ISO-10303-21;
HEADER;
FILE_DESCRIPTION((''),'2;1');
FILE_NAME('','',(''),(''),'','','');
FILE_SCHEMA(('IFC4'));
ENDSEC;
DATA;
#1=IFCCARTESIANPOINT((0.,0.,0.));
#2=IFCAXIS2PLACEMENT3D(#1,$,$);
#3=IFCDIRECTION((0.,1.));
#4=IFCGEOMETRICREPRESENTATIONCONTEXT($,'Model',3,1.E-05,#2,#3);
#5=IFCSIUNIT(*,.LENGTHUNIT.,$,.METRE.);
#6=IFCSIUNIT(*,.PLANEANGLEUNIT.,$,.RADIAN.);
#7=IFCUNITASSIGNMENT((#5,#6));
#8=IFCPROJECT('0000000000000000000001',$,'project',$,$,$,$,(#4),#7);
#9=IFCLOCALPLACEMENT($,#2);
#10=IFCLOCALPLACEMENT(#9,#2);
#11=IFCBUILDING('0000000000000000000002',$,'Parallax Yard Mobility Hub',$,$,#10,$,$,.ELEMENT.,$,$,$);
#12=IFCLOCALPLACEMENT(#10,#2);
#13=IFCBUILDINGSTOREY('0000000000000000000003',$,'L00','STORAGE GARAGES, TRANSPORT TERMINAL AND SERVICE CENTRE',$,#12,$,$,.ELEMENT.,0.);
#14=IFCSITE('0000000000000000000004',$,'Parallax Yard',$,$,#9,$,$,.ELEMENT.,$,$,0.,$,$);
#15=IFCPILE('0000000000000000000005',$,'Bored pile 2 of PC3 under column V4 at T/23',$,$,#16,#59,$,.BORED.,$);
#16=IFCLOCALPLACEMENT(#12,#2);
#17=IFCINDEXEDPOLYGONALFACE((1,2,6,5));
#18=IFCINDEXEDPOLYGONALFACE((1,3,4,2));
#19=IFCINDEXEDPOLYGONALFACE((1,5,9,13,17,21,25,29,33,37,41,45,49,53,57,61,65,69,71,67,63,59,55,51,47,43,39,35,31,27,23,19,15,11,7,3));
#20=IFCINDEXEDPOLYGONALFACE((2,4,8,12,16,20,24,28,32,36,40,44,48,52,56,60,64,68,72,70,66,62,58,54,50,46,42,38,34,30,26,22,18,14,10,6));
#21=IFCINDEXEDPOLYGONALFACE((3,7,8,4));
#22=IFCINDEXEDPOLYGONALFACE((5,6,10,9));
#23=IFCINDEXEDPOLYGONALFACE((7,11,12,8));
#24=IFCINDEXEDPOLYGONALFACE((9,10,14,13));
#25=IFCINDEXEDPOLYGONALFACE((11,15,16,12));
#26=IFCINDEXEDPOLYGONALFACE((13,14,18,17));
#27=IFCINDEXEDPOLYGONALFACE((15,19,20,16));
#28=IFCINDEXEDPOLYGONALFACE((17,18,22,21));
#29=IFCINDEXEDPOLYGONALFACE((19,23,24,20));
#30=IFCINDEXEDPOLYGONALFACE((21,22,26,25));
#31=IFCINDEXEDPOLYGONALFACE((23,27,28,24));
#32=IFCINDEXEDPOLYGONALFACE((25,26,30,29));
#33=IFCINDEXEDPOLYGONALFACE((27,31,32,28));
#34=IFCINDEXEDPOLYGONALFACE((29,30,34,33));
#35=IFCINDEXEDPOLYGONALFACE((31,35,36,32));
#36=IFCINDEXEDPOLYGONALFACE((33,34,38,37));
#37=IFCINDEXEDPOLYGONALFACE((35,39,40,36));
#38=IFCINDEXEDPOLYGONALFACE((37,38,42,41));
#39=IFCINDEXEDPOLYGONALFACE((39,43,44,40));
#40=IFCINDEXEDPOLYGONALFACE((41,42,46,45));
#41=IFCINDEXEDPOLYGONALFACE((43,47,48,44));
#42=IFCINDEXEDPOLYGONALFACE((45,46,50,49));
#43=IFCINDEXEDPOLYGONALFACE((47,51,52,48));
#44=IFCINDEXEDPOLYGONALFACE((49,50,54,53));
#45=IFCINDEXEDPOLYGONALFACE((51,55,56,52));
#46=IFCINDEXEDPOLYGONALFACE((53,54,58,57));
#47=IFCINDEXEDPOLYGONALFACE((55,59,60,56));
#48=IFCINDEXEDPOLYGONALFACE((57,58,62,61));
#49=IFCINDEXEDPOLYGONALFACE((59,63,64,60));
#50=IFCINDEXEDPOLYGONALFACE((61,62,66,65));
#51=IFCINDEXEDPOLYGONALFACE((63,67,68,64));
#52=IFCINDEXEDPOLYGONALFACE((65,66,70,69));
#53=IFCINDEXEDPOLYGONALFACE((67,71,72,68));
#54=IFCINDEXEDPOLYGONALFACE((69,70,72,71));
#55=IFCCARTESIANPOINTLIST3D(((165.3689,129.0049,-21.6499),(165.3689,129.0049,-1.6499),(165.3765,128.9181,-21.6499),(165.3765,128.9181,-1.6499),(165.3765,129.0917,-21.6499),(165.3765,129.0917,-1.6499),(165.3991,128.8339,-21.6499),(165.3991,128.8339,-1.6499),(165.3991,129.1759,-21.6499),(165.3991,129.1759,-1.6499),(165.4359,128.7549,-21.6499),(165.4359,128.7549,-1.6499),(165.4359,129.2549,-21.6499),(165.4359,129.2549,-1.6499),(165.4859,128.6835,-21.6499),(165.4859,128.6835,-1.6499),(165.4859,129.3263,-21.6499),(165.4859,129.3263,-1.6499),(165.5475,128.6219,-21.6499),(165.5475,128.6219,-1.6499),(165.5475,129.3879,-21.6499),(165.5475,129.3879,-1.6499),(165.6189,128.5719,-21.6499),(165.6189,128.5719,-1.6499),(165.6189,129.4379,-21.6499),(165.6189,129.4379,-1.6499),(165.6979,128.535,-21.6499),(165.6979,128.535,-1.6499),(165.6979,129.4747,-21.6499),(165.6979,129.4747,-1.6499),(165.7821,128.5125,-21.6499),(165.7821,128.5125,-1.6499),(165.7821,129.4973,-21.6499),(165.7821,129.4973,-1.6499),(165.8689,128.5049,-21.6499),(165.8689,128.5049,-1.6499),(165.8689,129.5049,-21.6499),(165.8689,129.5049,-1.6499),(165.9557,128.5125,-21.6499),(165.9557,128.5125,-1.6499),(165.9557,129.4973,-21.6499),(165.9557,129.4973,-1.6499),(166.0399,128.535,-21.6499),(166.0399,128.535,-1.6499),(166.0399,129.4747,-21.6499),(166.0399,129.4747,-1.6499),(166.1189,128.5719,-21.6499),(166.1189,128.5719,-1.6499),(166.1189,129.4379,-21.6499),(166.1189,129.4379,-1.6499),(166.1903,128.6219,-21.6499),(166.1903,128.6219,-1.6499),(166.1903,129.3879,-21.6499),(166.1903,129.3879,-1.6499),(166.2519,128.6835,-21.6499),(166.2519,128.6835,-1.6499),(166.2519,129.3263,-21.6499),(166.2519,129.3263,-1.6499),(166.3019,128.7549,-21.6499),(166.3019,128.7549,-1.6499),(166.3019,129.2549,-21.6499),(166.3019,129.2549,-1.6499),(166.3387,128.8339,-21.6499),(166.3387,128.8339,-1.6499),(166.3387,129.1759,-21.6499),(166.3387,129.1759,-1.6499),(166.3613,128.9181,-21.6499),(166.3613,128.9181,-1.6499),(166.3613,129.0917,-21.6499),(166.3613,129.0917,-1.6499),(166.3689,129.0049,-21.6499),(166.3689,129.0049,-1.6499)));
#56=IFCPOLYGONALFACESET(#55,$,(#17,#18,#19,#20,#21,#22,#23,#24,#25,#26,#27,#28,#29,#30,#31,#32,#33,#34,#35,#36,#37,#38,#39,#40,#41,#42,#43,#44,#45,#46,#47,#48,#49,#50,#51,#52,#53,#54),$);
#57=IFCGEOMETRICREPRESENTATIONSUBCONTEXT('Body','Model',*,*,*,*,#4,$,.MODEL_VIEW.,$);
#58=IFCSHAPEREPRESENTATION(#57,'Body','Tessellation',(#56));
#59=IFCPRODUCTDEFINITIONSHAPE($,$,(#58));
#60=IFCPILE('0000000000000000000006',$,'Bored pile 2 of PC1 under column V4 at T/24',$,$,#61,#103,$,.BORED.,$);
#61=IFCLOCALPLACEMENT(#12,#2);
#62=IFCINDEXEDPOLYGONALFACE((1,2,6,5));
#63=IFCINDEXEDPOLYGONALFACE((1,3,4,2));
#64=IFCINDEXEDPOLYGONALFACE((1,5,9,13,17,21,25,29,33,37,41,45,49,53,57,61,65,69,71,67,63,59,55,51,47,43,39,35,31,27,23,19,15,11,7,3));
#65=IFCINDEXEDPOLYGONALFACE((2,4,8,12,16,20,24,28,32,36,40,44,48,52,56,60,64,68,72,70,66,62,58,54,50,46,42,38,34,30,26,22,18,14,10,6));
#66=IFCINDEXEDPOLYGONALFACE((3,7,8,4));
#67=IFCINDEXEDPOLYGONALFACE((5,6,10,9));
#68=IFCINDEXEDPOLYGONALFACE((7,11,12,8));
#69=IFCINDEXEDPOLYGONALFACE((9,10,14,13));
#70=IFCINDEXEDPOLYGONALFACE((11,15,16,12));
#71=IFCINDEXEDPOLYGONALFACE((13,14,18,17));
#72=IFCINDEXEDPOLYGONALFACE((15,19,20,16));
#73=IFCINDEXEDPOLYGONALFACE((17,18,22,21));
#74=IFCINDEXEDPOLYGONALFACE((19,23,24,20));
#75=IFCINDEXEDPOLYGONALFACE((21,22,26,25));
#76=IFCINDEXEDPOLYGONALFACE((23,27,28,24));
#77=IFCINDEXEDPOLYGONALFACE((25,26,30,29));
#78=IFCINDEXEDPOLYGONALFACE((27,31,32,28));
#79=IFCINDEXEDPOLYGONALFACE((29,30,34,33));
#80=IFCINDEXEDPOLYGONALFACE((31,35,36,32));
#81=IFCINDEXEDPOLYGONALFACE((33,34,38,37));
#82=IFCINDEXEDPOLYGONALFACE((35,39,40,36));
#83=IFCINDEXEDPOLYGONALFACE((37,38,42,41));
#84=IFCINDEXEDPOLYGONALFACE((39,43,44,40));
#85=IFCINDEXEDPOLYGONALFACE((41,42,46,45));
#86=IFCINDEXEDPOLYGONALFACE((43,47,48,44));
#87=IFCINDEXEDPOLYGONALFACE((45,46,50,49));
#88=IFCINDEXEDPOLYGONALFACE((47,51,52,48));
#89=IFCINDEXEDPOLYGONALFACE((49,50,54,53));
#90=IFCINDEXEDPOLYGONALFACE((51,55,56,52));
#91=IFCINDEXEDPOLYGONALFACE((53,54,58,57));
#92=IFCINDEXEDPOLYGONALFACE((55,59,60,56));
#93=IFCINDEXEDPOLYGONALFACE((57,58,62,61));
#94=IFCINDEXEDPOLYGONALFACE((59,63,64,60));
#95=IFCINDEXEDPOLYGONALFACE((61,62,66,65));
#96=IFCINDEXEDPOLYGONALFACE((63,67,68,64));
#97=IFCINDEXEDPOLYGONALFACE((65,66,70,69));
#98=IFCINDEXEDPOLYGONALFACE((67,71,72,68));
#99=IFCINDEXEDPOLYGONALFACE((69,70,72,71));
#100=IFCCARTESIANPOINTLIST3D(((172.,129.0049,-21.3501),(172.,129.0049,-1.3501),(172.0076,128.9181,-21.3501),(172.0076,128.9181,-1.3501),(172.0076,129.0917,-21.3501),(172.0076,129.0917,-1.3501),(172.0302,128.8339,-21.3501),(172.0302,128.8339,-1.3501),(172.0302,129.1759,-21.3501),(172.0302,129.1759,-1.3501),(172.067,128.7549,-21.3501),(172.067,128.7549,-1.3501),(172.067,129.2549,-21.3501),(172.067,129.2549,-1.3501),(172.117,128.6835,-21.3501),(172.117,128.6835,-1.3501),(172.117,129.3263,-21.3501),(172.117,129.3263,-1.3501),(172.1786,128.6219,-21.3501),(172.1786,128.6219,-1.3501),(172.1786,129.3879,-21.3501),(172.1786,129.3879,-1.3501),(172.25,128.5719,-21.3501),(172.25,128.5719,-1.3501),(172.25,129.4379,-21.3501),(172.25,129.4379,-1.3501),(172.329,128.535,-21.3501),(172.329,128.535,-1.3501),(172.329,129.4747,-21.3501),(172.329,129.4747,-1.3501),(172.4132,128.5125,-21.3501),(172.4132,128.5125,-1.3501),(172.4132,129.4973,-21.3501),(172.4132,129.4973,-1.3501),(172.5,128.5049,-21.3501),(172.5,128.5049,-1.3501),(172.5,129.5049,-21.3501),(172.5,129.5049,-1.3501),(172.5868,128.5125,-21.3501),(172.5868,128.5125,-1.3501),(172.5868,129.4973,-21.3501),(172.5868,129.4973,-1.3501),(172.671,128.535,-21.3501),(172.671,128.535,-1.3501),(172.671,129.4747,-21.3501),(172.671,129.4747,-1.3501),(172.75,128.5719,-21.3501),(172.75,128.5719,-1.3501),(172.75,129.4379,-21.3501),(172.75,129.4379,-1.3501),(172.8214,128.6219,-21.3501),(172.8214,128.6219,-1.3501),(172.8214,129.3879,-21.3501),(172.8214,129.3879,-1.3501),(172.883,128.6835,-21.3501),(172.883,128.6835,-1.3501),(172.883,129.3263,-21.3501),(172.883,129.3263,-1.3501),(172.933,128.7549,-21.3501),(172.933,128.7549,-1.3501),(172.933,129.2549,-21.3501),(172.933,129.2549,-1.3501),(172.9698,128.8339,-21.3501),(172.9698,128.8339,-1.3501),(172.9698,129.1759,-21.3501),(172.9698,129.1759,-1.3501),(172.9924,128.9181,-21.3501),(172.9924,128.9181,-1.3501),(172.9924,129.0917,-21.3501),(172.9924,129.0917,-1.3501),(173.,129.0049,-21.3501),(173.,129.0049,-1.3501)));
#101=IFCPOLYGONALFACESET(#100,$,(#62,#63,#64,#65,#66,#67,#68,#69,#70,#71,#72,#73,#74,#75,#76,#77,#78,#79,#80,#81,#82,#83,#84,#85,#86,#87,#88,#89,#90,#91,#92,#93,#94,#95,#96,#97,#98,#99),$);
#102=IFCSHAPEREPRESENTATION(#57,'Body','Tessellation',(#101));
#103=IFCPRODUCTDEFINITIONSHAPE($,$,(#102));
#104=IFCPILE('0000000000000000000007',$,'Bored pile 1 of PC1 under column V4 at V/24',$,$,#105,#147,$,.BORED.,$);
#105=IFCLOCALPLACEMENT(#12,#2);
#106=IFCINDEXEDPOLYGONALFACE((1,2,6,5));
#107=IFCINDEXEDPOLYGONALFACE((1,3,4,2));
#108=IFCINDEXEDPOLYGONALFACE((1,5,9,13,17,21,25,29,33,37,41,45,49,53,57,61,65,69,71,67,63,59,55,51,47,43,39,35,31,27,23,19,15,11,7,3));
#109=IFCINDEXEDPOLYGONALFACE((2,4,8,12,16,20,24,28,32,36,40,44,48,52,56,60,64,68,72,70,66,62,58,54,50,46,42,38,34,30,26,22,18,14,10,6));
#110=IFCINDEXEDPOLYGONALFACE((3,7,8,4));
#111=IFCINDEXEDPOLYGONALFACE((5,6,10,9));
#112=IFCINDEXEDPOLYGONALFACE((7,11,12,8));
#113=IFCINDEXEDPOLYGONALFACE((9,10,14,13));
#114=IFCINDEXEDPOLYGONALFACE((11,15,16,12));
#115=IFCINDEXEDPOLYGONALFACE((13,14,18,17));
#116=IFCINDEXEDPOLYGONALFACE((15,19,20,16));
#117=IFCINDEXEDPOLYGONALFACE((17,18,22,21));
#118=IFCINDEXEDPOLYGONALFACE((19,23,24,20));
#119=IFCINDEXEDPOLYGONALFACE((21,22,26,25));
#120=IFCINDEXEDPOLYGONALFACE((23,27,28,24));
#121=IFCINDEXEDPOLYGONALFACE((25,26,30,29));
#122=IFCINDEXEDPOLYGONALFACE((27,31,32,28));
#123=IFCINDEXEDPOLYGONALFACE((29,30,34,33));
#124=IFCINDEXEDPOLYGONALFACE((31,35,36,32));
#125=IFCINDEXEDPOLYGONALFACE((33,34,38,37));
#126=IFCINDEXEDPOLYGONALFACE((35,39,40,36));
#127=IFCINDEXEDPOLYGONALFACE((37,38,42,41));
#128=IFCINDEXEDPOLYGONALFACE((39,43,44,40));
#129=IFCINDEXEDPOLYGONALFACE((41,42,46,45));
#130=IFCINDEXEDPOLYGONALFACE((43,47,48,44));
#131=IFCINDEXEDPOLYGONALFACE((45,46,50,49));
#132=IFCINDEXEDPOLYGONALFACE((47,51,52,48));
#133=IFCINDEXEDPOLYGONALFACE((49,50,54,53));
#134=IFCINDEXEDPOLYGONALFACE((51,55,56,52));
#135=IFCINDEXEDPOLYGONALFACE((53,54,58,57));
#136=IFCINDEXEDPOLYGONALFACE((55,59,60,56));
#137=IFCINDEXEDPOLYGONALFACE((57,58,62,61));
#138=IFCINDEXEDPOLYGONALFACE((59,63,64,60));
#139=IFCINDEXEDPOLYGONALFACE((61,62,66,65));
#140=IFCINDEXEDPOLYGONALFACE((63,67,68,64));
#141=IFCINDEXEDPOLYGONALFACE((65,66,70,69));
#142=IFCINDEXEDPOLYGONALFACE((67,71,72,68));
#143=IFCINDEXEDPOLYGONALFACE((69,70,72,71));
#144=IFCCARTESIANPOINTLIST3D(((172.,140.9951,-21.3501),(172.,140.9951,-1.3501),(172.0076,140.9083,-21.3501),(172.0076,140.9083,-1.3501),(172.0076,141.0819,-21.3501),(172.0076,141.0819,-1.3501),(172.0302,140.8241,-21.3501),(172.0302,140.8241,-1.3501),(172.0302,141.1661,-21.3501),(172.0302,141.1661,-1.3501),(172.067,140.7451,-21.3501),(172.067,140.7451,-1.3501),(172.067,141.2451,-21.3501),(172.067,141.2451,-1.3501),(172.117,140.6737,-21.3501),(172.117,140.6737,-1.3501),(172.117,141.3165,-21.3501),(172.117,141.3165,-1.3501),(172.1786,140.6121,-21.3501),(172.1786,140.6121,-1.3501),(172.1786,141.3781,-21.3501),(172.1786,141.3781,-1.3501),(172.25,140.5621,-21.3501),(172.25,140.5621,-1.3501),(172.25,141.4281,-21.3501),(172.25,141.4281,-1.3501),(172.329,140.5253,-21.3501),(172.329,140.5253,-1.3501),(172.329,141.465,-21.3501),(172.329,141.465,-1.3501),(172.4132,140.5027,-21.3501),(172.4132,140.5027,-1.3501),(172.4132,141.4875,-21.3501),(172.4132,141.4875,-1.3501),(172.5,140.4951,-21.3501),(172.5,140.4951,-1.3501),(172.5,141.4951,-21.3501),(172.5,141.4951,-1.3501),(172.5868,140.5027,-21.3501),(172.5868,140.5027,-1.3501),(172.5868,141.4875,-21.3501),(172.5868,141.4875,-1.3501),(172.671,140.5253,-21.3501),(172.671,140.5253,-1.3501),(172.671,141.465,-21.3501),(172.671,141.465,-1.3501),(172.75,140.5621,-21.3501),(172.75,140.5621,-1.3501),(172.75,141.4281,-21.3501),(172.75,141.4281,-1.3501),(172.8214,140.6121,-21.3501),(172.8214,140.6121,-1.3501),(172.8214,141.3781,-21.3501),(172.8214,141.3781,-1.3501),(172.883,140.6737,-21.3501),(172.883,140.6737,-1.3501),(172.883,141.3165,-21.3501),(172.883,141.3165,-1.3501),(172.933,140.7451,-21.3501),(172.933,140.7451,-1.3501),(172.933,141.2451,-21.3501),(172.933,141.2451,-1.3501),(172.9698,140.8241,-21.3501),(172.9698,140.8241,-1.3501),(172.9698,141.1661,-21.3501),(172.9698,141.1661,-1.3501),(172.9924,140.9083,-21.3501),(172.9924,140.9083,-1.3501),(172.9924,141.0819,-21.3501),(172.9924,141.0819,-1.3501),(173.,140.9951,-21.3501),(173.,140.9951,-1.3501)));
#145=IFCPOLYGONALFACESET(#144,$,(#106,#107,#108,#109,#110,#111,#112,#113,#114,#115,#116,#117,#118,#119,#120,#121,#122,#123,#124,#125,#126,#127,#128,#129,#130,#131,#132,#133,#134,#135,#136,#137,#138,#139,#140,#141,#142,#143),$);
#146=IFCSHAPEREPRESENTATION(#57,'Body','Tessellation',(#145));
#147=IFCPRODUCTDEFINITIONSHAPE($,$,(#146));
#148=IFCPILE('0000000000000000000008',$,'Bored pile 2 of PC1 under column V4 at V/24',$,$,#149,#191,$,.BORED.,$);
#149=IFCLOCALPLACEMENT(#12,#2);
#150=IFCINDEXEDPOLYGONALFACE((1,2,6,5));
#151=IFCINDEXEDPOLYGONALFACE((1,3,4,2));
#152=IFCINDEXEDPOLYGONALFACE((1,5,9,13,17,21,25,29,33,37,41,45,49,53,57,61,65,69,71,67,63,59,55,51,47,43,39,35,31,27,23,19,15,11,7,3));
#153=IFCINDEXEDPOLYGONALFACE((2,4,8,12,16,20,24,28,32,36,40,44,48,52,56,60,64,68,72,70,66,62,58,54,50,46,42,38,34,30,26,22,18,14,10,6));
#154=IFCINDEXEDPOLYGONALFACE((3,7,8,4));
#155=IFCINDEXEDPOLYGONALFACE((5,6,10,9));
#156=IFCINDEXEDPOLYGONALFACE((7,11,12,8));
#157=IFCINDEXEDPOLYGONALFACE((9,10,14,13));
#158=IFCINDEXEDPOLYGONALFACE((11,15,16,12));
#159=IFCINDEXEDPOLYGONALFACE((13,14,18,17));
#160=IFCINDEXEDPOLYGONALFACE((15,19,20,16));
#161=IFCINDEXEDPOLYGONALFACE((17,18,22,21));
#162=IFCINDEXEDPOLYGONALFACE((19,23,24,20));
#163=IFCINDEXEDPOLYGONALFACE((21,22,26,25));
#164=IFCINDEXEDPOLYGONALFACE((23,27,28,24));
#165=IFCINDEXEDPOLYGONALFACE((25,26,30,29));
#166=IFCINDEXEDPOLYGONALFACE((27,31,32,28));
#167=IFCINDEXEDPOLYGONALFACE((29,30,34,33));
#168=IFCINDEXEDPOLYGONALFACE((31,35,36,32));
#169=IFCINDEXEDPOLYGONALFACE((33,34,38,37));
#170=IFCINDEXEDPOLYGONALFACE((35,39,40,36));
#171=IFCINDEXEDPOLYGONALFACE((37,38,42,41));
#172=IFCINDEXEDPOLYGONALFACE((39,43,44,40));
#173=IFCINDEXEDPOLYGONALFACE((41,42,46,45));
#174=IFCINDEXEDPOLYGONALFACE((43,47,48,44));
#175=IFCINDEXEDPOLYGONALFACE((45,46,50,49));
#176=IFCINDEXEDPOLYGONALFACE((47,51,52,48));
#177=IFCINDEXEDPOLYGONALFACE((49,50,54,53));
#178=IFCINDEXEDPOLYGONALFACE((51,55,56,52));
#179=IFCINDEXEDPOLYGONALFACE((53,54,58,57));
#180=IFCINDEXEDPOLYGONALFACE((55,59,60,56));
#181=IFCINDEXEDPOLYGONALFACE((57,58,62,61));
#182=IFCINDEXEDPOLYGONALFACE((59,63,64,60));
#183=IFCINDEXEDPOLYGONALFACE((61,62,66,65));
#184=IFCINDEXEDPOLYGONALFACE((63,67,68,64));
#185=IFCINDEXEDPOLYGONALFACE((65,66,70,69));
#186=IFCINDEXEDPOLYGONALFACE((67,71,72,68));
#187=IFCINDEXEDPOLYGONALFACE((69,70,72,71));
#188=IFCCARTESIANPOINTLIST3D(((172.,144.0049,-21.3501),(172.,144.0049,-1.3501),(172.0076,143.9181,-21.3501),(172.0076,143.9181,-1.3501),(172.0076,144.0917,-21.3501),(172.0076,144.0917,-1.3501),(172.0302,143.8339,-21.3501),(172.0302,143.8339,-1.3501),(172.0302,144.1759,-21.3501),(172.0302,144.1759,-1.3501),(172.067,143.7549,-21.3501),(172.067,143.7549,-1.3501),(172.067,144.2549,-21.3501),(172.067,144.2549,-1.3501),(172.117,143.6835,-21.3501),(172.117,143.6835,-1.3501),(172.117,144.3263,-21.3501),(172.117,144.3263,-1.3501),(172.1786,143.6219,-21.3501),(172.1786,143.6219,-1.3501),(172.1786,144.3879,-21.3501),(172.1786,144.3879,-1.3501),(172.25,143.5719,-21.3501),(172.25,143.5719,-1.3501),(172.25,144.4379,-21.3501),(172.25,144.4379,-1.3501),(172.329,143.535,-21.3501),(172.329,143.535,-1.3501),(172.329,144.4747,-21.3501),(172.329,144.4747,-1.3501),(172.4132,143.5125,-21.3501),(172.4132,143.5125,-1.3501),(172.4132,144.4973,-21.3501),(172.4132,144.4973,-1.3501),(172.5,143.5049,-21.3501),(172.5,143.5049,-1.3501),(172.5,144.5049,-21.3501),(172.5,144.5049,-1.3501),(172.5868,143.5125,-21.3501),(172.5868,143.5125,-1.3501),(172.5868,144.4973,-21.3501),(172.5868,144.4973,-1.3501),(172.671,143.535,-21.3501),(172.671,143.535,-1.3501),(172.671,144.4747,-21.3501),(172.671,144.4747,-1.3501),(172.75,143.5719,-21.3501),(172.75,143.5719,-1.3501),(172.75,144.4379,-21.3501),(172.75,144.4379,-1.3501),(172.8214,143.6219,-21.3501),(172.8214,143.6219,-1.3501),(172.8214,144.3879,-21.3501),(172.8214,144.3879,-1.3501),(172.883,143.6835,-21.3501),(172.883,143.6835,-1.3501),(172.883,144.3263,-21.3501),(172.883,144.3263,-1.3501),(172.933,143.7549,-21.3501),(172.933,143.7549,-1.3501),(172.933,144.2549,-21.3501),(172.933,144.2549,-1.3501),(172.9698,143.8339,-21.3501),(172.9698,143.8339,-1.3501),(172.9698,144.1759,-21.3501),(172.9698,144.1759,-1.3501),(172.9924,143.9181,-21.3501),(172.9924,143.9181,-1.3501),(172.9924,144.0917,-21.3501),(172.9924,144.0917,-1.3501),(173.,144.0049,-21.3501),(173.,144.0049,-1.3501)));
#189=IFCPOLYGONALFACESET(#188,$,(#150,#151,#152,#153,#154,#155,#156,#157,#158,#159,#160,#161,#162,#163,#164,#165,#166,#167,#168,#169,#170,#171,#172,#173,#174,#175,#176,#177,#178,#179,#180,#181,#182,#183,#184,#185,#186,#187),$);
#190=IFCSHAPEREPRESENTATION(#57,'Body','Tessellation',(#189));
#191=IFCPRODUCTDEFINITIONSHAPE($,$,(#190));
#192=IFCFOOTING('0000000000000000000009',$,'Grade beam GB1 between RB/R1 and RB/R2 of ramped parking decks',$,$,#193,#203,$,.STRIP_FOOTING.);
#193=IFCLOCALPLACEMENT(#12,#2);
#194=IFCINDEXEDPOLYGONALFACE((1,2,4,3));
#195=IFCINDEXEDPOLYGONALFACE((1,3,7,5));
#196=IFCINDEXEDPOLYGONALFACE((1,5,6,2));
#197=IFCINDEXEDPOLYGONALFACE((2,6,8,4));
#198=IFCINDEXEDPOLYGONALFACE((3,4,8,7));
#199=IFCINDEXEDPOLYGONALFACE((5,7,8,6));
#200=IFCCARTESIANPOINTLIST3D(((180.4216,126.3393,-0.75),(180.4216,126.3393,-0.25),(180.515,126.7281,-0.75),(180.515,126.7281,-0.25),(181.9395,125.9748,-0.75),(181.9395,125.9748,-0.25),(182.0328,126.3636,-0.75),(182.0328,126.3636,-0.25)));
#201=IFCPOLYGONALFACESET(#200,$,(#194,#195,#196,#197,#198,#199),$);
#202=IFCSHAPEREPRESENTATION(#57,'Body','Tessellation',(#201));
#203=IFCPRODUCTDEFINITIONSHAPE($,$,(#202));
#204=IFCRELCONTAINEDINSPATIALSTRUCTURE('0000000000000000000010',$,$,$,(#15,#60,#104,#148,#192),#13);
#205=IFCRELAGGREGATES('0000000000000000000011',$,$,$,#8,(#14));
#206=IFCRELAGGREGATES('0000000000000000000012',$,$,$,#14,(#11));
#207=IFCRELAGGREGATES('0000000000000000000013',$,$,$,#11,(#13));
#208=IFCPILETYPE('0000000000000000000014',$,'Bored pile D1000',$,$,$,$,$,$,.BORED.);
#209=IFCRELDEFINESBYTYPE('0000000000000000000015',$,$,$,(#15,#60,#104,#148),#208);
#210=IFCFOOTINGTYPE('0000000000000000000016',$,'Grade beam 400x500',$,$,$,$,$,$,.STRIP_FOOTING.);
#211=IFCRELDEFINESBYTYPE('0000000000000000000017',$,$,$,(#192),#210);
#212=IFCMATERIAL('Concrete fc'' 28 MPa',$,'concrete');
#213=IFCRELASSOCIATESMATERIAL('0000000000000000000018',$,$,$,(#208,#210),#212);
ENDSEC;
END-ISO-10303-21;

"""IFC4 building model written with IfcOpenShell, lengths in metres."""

from ifc_helpers import new_model, si_unit, direction, frame, origin, origin_2d, place, context, subcontext, project, spatial, rectangle, circle, extrude, material, material_profile, profile_set, type_object, element, save


model = new_model("IFC4")

# Units and contexts
model_context = context("Model", 3, precision=1e-05, world=origin(), true_north=direction((0.0, 1.0)))
body_context = subcontext(model_context, "Body", "Model", "MODEL_VIEW")
ifc_project = project(units=[si_unit("LENGTHUNIT", "METRE"), si_unit("PLANEANGLEUNIT", "RADIAN")], contexts=[model_context])

# Site, building, storey
site_placement = place(None, origin())
site = spatial("IfcSite", under=ifc_project, at=site_placement, Name="Parallax Yard", CompositionType="ELEMENT", RefElevation=0.0)
building_placement = place(site_placement, origin())
building = spatial("IfcBuilding", under=site, at=building_placement, Name="Parallax Yard Mobility Hub", CompositionType="ELEMENT")
storey_placement = place(building_placement, origin())
storey = spatial("IfcBuildingStorey", under=building, at=storey_placement, Name="L00", Description="STORAGE GARAGES, TRANSPORT TERMINAL AND SERVICE CENTRE", CompositionType="ELEMENT", Elevation=0.0)

# Piles
ifc_material_1 = material(Name="Concrete fc' 28 MPa", Category="concrete")
ifc_material_profile_1 = material_profile(ifc_material_1, circle(Radius=0.5, at=origin_2d()), Name="Bored pile D1000")
ifc_profile_set_1 = profile_set([ifc_material_profile_1], Name="Concrete fc' 28 MPa")
pile_type = type_object("IfcPileType", Name="Bored pile D1000", PredefinedType="BORED", material=ifc_profile_set_1)
for number, where, z_axis, x_axis, name in (
    (1, (165.8689, 129.0049, -1.6499), (0.0, 0.0, -1.0), (1.0, 0.0, 0.0), "Bored pile 2 of PC3 under column V4 at T/23"),
    (2, (172.5, 129.0049, -1.3501), (0.0, 0.0, -1.0), (1.0, 0.0, 0.0), "Bored pile 2 of PC1 under column V4 at T/24"),
    (3, (172.5, 140.9951, -1.3501), (0.0, 0.0, -1.0), (1.0, 0.0, 0.0), "Bored pile 1 of PC1 under column V4 at V/24"),
    (4, (172.5, 144.0049, -1.3501), (0.0, 0.0, -1.0), (1.0, 0.0, 0.0), "Bored pile 2 of PC1 under column V4 at V/24"),
):
    element("IfcPile", number, at=place(storey_placement, frame(where, z_axis=z_axis, x_axis=x_axis)), inside=storey, type_object=pile_type, Name=name, PredefinedType="BORED", context=body_context, shape_type="SweptSolid", body=[
        extrude(circle(Radius=0.5, at=origin_2d()), origin(), (0.0, 0.0, 1.0), 20.0),
    ])

# Footing
ifc_material_profile_2 = material_profile(ifc_material_1, rectangle(XDim=0.3999, YDim=0.5, at=origin_2d()), Name="Grade beam 400x500")
ifc_profile_set_2 = profile_set([ifc_material_profile_2], Name="Concrete fc' 28 MPa")
footing_type_1 = type_object("IfcFootingType", Name="Grade beam 400x500", PredefinedType="STRIP_FOOTING", material=ifc_profile_set_2)
footing_1_placement = place(storey_placement, frame((180.4683, 126.5337, -0.5), z_axis=(0.972355, -0.233509, 0.0), x_axis=(0.233509, 0.972355, 0.0)))
element("IfcFooting", 5, at=footing_1_placement, inside=storey, type_object=footing_type_1, Name="Grade beam GB1 between RB/R1 and RB/R2 of ramped parking decks", PredefinedType="STRIP_FOOTING", context=body_context, shape_type="SweptSolid", body=[
    extrude(rectangle(XDim=0.3999, YDim=0.5, at=origin_2d()), origin(), (0.0, 0.0, 1.0), 1.561),
])

save(model, "model.ifc")
